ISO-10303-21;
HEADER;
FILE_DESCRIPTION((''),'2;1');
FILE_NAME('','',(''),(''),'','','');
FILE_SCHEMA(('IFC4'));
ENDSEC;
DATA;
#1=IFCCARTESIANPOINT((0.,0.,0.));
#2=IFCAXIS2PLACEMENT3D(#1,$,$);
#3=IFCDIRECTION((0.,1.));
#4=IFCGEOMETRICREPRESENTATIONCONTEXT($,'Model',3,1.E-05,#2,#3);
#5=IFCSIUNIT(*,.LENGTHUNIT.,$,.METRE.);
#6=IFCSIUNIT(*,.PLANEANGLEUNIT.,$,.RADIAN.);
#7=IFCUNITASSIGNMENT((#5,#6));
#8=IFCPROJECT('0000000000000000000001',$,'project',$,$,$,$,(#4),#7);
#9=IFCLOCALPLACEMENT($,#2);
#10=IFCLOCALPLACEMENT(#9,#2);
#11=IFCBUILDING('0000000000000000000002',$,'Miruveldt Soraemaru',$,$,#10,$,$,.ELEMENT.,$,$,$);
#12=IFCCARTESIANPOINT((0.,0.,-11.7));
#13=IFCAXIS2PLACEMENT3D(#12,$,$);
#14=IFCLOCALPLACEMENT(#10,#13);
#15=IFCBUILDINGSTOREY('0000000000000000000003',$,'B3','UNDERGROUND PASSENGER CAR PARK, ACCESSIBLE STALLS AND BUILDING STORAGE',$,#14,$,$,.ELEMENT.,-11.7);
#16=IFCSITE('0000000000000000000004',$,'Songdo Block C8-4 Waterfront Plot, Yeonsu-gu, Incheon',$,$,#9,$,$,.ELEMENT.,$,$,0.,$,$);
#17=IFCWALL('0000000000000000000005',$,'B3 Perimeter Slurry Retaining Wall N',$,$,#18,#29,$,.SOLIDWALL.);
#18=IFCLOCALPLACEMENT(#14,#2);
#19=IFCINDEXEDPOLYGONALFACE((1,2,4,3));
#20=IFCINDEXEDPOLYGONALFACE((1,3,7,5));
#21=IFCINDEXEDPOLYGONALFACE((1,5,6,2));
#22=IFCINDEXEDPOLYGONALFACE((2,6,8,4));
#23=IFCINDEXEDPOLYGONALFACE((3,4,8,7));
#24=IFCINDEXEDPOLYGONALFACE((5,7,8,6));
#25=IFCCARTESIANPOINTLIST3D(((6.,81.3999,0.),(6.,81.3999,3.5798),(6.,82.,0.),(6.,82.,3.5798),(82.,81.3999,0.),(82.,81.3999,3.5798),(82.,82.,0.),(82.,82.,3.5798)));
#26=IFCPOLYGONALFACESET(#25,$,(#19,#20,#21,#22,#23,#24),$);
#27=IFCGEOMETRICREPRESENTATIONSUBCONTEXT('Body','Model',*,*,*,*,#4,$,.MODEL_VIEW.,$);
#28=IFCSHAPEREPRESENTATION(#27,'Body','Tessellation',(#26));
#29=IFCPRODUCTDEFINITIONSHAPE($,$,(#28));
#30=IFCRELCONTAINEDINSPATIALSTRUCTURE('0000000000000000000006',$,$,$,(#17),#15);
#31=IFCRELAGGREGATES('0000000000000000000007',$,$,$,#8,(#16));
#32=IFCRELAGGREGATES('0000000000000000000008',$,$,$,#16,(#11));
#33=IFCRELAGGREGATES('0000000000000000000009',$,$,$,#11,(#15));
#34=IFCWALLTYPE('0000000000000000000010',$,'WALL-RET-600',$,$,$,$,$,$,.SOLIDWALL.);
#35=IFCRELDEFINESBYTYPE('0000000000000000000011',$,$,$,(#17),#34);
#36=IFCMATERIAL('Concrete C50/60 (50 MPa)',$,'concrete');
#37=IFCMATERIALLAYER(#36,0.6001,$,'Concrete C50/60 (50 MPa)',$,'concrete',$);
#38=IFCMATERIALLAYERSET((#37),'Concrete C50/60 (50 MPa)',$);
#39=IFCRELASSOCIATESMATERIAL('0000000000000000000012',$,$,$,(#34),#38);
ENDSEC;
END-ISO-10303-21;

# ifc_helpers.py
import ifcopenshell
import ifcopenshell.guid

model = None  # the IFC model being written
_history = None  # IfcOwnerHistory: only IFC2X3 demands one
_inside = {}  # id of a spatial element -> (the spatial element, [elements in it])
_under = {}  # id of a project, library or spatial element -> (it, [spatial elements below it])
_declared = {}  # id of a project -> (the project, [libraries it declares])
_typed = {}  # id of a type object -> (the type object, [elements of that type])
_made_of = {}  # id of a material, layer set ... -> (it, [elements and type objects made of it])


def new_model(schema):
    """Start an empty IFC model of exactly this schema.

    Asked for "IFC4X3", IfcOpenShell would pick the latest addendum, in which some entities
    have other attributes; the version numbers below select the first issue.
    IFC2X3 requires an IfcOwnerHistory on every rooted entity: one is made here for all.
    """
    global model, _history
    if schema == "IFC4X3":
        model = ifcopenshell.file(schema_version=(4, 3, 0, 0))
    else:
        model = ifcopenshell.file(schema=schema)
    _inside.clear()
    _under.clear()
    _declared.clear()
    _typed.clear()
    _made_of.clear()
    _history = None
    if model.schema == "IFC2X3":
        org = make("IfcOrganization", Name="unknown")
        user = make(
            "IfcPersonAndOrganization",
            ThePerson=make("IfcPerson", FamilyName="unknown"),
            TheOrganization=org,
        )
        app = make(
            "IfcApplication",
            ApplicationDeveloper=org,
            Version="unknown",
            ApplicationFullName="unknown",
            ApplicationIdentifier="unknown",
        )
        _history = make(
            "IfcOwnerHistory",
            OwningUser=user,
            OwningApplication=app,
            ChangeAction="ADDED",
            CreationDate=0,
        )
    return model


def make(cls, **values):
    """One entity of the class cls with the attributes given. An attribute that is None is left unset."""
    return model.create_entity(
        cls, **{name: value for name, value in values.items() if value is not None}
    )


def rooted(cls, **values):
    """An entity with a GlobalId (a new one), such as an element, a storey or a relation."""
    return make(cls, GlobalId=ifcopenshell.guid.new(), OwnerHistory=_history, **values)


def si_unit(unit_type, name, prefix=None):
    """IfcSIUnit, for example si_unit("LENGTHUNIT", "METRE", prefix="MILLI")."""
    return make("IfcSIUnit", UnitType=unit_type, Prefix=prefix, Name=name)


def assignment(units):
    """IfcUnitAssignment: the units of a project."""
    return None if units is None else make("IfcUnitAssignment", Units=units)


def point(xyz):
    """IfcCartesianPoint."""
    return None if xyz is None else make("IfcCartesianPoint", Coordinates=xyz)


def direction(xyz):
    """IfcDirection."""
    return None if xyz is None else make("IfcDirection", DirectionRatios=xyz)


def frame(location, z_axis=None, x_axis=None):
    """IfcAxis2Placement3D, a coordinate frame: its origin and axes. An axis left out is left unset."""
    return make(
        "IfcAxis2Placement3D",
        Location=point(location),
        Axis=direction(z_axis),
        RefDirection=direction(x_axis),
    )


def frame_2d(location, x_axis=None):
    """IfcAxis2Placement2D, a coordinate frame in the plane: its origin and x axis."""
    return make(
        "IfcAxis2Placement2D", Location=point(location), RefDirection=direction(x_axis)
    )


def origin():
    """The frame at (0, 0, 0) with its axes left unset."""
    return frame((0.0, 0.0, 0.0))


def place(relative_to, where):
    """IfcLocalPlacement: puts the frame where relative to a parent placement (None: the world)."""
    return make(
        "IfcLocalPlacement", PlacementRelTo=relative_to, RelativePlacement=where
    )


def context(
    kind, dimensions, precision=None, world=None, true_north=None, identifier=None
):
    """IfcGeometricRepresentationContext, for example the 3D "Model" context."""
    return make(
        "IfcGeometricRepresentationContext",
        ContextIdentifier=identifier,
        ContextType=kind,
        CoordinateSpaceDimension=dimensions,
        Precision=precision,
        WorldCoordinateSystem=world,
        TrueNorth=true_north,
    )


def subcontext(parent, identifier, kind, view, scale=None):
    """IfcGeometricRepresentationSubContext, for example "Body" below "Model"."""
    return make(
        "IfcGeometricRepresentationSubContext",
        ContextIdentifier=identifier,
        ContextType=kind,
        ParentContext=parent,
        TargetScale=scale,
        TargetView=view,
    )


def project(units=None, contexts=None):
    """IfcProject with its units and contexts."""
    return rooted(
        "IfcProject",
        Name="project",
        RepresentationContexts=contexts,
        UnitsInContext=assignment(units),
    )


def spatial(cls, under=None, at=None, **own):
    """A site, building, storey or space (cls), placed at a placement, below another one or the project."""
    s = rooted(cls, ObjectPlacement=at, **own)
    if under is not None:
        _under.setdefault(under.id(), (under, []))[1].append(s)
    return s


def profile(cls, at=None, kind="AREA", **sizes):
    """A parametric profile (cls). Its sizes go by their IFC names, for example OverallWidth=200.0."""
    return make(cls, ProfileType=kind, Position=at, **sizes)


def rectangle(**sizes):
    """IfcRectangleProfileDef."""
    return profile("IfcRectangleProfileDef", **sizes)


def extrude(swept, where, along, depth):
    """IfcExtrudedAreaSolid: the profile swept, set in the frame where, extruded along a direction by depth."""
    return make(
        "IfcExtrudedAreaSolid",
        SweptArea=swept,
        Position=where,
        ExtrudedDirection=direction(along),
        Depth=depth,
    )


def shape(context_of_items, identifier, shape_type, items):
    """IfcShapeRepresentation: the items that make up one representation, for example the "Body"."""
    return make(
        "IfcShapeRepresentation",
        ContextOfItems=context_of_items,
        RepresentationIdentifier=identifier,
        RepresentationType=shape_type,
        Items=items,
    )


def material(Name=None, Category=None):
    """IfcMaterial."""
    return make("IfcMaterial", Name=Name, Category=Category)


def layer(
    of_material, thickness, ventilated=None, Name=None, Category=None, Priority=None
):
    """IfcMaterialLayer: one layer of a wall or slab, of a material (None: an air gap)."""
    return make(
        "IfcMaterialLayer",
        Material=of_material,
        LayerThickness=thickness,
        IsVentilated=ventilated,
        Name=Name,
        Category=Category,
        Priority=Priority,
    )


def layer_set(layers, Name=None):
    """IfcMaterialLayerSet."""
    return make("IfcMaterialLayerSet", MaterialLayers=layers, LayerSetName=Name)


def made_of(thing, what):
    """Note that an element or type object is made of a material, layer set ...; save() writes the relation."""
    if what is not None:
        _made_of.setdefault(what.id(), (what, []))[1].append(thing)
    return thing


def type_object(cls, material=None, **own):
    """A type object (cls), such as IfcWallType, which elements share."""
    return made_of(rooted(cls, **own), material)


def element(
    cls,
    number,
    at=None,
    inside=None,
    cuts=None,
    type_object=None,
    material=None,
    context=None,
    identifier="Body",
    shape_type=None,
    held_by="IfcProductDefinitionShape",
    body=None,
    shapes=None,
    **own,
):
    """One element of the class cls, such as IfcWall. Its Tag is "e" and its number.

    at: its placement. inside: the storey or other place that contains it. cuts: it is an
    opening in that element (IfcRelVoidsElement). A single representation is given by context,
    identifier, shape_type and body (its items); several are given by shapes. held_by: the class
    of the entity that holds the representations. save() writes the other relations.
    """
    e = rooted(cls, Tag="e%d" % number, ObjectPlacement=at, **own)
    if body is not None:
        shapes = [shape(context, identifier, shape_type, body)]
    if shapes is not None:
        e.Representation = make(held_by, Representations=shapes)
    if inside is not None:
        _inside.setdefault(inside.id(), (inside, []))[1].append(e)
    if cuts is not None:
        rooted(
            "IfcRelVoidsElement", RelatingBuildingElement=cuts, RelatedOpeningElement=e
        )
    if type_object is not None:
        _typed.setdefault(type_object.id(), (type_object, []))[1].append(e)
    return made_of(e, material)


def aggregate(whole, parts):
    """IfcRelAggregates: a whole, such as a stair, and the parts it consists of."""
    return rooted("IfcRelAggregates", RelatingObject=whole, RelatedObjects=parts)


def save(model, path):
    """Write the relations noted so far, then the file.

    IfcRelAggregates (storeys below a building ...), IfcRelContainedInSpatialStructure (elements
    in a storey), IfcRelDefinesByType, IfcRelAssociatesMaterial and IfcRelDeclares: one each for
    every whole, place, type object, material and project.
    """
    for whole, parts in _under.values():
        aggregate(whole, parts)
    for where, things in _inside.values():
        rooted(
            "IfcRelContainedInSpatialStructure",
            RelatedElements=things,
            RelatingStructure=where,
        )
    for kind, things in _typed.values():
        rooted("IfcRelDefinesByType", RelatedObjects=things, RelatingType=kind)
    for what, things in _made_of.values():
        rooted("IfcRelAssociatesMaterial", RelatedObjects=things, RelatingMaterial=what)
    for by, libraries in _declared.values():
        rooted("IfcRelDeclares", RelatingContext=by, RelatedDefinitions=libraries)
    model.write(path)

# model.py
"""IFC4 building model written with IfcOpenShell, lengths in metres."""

from ifc_helpers import new_model, si_unit, direction, frame, frame_2d, origin, place, context, subcontext, project, spatial, rectangle, extrude, material, layer, layer_set, type_object, element, save


model = new_model("IFC4")

# Units and contexts
model_context = context("Model", 3, precision=1e-05, world=origin(), true_north=direction((0.0, 1.0)))
body_context = subcontext(model_context, "Body", "Model", "MODEL_VIEW")
ifc_project = project(units=[si_unit("LENGTHUNIT", "METRE"), si_unit("PLANEANGLEUNIT", "RADIAN")], contexts=[model_context])

# Site, building, storey
site_placement = place(None, origin())
site = spatial("IfcSite", under=ifc_project, at=site_placement, Name="Songdo Block C8-4 Waterfront Plot, Yeonsu-gu, Incheon", CompositionType="ELEMENT", RefElevation=0.0)
building_placement = place(site_placement, origin())
building = spatial("IfcBuilding", under=site, at=building_placement, Name="Miruveldt Soraemaru", CompositionType="ELEMENT")
storey_placement = place(building_placement, frame((0.0, 0.0, -11.7)))
storey = spatial("IfcBuildingStorey", under=building, at=storey_placement, Name="B3", Description="UNDERGROUND PASSENGER CAR PARK, ACCESSIBLE STALLS AND BUILDING STORAGE", CompositionType="ELEMENT", Elevation=-11.7)

# Shared definitions
ifc_material_1 = material(Name="Concrete C50/60 (50 MPa)", Category="concrete")

# Wall
ifc_layer_1 = layer(ifc_material_1, 0.6001, Name="Concrete C50/60 (50 MPa)", Category="concrete")
ifc_layer_set_1 = layer_set([ifc_layer_1], Name="Concrete C50/60 (50 MPa)")
wall_type_1 = type_object("IfcWallType", Name="WALL-RET-600", PredefinedType="SOLIDWALL", material=ifc_layer_set_1)
wall_1_placement = place(storey_placement, frame((82.0, 81.7, 0.0), z_axis=(0.0, 0.0, 1.0), x_axis=(-1.0, 0.0, 0.0)))
element("IfcWall", 1, at=wall_1_placement, inside=storey, type_object=wall_type_1, Name="B3 Perimeter Slurry Retaining Wall N", PredefinedType="SOLIDWALL", context=body_context, shape_type="SweptSolid", body=[
    extrude(rectangle(XDim=76.0, YDim=0.6001, at=frame_2d((38.0, 0.0))), origin(), (0.0, 0.0, 1.0), 3.5798),
])

save(model, "model.ifc")
